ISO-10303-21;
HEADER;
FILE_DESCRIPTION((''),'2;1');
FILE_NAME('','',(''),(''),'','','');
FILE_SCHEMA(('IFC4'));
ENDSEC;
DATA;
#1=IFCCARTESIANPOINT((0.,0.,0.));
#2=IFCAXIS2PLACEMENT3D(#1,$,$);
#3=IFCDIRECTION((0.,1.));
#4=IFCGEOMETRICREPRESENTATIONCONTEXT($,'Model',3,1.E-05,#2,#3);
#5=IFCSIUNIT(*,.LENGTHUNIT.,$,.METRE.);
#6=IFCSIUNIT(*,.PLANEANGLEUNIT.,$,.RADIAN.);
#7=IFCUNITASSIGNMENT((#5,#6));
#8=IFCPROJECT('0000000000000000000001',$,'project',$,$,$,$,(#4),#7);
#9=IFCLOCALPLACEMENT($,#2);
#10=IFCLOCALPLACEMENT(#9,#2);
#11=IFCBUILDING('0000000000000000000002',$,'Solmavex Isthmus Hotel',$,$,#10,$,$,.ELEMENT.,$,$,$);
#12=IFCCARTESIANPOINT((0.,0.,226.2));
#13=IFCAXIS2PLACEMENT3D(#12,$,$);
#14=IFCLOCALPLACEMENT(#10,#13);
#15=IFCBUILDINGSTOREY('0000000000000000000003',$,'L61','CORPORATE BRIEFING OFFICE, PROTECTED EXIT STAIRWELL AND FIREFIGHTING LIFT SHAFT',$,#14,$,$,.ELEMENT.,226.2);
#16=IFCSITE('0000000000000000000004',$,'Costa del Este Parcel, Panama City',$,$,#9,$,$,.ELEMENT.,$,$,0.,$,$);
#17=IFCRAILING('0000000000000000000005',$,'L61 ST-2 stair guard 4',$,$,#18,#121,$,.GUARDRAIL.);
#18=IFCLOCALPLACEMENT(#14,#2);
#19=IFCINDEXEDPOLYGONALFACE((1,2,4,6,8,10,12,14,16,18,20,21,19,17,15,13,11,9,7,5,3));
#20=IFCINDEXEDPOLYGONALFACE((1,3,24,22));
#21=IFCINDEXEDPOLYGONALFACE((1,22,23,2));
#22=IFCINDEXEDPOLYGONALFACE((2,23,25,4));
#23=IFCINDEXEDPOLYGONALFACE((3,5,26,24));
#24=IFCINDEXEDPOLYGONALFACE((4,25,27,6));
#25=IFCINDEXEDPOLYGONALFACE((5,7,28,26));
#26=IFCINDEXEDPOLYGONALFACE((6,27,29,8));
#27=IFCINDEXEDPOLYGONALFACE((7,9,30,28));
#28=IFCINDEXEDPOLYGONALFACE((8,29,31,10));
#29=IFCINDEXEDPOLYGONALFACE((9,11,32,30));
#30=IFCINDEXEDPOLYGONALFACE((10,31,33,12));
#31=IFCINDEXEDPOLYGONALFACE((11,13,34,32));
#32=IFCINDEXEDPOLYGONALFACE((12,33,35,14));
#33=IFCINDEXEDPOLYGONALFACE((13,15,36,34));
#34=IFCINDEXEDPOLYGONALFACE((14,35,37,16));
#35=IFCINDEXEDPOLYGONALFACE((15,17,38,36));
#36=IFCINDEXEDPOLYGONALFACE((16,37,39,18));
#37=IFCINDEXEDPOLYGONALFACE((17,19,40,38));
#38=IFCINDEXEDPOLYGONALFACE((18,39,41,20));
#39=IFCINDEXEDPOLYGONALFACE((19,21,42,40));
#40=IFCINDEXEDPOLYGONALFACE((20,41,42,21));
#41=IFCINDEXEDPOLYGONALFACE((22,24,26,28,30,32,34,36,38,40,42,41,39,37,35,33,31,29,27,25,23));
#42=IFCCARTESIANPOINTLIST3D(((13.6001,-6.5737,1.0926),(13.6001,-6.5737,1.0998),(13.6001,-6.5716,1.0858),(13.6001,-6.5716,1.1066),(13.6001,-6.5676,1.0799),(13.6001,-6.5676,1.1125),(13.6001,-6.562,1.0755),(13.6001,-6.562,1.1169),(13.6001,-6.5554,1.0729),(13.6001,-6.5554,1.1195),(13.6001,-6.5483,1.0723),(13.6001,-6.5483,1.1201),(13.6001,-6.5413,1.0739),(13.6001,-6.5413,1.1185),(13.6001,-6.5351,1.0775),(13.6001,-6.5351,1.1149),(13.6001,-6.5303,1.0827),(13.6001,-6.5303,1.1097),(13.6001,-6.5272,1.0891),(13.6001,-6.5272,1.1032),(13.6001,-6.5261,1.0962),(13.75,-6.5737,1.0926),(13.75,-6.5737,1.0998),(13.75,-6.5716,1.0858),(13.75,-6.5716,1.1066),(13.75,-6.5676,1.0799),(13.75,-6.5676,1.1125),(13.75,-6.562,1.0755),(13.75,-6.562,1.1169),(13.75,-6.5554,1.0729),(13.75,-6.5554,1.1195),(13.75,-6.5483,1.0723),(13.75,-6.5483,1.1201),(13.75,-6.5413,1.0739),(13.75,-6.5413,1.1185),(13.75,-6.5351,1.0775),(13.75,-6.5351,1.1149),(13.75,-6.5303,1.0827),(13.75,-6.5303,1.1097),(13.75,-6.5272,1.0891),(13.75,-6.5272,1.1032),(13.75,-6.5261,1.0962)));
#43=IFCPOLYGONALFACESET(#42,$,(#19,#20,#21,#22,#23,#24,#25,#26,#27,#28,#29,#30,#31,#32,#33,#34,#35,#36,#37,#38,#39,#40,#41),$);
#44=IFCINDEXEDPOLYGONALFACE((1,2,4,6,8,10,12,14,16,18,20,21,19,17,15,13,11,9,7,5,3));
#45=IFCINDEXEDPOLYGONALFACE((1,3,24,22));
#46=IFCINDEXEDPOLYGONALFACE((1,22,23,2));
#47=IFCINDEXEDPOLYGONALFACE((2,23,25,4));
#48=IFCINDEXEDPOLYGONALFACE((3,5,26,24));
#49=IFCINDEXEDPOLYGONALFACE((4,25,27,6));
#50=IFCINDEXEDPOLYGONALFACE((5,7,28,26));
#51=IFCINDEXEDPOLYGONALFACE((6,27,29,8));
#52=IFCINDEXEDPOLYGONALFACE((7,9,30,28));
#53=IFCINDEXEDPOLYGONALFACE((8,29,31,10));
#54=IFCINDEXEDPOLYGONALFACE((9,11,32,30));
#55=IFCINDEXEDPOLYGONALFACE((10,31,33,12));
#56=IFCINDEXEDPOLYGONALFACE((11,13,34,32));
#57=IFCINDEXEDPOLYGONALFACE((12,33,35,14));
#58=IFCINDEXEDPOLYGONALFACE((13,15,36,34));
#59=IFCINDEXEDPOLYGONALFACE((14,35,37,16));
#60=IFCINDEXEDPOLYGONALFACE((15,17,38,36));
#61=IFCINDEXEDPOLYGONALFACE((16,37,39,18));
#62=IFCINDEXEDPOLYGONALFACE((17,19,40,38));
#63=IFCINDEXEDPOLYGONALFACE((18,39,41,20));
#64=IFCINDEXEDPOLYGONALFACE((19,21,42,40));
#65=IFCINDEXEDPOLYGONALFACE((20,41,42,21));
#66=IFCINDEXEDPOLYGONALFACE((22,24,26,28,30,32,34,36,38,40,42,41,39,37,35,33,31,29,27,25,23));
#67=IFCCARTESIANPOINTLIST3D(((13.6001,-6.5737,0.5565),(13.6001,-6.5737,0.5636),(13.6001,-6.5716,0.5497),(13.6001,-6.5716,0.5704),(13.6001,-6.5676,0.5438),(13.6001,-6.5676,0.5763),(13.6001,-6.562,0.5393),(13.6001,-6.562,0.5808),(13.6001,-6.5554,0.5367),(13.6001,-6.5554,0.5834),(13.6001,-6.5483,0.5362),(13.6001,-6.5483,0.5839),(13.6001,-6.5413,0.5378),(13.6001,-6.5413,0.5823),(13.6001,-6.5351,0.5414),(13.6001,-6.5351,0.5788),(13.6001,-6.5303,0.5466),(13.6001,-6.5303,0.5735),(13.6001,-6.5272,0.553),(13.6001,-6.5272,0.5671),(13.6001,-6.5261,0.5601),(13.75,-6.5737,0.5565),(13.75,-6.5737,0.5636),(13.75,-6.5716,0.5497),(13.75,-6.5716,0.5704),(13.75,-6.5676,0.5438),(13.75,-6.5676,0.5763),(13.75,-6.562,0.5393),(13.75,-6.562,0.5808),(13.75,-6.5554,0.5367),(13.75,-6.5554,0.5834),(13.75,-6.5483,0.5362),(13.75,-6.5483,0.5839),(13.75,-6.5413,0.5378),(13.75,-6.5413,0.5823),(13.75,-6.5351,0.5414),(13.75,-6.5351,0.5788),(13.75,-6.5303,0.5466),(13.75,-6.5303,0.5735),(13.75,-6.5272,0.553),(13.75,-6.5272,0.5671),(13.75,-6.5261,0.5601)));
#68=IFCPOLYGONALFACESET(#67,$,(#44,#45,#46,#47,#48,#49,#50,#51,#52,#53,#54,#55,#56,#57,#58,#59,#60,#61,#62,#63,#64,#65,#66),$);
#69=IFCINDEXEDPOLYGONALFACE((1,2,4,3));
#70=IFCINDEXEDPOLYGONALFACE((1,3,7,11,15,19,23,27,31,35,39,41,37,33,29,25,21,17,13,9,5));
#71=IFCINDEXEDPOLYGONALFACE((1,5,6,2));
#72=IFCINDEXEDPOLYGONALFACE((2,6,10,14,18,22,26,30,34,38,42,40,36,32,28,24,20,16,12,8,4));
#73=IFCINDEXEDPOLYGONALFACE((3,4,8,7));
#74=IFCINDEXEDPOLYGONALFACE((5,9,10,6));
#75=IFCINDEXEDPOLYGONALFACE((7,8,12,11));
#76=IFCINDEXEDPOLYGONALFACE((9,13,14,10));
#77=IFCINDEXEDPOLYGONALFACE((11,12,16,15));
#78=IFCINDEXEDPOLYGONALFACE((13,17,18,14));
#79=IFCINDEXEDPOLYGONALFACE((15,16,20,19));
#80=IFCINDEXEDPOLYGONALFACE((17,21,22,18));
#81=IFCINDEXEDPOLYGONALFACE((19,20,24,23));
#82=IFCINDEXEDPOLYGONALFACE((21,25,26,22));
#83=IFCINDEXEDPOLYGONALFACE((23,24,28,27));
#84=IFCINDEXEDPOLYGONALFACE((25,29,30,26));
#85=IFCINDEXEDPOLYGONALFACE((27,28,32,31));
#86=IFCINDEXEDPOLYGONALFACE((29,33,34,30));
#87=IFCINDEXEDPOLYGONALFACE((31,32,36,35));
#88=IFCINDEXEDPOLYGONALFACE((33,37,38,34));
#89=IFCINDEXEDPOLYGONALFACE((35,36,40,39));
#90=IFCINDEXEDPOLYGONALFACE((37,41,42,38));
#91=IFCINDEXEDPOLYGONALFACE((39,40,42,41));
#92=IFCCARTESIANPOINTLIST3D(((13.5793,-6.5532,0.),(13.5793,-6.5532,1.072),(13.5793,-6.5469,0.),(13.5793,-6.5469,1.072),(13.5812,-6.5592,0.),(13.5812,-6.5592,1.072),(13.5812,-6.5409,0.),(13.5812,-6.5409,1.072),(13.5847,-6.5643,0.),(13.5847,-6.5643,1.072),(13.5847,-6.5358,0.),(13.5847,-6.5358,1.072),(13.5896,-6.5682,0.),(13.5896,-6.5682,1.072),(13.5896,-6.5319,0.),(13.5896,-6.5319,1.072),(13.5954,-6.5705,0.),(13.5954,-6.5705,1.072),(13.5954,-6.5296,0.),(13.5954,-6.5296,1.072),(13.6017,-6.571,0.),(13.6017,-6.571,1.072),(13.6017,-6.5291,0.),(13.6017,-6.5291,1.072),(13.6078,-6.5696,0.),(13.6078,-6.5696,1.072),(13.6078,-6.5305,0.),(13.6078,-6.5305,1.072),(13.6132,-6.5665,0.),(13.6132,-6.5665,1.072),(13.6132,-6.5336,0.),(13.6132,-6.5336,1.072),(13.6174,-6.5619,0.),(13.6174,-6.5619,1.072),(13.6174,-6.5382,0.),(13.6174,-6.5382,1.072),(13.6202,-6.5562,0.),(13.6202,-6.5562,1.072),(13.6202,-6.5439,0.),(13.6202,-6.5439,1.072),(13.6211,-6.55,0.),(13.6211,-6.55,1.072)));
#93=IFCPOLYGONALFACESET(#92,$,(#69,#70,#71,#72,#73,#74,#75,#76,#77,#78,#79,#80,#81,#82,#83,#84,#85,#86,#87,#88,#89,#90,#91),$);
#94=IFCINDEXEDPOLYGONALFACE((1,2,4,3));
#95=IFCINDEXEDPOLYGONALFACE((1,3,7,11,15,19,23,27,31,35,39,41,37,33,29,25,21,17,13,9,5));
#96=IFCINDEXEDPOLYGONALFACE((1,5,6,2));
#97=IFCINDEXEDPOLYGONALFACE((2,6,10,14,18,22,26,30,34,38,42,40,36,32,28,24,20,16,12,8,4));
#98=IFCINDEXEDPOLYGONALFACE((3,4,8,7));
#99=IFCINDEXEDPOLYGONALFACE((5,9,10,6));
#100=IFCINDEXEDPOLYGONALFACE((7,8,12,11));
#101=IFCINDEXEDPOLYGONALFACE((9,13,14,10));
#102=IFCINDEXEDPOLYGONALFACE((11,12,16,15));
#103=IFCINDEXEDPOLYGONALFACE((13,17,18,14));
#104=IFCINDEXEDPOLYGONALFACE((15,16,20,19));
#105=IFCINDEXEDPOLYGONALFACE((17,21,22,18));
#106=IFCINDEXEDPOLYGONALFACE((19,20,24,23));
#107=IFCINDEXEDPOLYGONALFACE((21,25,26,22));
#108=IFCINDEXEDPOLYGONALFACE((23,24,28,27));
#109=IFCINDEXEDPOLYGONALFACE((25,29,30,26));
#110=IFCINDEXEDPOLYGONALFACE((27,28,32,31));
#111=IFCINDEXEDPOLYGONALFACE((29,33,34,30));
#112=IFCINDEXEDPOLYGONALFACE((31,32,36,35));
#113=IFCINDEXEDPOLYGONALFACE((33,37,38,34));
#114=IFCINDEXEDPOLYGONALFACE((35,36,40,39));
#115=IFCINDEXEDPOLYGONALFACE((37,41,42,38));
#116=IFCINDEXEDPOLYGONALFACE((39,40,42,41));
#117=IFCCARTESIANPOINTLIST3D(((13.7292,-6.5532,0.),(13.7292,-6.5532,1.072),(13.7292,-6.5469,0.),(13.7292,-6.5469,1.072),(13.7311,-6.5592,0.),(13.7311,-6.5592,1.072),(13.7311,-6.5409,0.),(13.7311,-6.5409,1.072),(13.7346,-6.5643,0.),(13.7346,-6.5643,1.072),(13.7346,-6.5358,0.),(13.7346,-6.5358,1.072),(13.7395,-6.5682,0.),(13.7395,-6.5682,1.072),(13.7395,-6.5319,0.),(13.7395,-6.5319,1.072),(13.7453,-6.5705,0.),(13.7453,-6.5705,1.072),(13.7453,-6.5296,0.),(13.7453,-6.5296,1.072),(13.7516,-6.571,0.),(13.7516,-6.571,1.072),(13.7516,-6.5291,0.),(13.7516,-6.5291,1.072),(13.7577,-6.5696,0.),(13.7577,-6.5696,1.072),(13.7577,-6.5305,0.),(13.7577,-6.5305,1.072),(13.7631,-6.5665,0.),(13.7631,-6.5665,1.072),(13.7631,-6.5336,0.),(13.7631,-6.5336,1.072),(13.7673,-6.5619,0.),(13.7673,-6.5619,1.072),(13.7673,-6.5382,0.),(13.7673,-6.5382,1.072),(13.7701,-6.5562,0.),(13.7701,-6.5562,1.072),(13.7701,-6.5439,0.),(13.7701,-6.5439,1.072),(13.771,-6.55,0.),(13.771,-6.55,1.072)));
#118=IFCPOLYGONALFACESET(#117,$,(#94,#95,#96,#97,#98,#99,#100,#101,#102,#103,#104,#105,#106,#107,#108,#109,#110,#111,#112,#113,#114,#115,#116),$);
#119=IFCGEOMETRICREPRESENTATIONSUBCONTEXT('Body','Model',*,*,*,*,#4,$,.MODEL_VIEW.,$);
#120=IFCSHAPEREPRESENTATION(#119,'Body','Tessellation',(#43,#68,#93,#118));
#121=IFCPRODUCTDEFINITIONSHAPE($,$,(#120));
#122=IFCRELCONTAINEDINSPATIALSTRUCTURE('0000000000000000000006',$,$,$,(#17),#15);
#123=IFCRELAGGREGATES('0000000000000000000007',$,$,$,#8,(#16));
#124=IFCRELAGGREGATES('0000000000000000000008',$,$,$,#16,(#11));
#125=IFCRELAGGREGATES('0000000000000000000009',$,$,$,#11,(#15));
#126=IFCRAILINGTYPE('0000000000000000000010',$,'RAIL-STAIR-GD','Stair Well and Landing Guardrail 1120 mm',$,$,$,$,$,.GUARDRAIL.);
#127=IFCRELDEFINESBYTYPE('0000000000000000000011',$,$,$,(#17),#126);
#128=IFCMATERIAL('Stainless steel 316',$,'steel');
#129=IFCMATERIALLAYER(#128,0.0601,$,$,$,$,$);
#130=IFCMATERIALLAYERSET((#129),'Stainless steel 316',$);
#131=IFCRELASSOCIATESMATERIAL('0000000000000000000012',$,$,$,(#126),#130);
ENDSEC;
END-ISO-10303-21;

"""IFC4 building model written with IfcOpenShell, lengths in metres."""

from ifc_helpers import new_model, si_unit, direction, frame, origin, origin_2d, place, context, subcontext, project, spatial, circle, extrude, material, layer, layer_set, type_object, element, save


model = new_model("IFC4")

# Units and contexts
model_context = context("Model", 3, precision=1e-05, world=origin(), true_north=direction((0.0, 1.0)))
body_context = subcontext(model_context, "Body", "Model", "MODEL_VIEW")
ifc_project = project(units=[si_unit("LENGTHUNIT", "METRE"), si_unit("PLANEANGLEUNIT", "RADIAN")], contexts=[model_context])

# Site, building, storey
site_placement = place(None, origin())
site = spatial("IfcSite", under=ifc_project, at=site_placement, Name="Costa del Este Parcel, Panama City", CompositionType="ELEMENT", RefElevation=0.0)
building_placement = place(site_placement, origin())
building = spatial("IfcBuilding", under=site, at=building_placement, Name="Solmavex Isthmus Hotel", CompositionType="ELEMENT")
storey_placement = place(building_placement, frame((0.0, 0.0, 226.2)))
storey = spatial("IfcBuildingStorey", under=building, at=storey_placement, Name="L61", Description="CORPORATE BRIEFING OFFICE, PROTECTED EXIT STAIRWELL AND FIREFIGHTING LIFT SHAFT", CompositionType="ELEMENT", Elevation=226.2)

# Railing
ifc_material_1 = material(Name="Stainless steel 316", Category="steel")
ifc_layer_1 = layer(ifc_material_1, 0.0601)
ifc_layer_set_1 = layer_set([ifc_layer_1], Name="Stainless steel 316")
railing_type_1 = type_object("IfcRailingType", Name="RAIL-STAIR-GD", Description="Stair Well and Landing Guardrail 1120 mm", PredefinedType="GUARDRAIL", material=ifc_layer_set_1)
railing_1_placement = place(storey_placement, frame((13.6001, -6.55, 0.0)))
element("IfcRailing", 1, at=railing_1_placement, inside=storey, type_object=railing_type_1, Name="L61 ST-2 stair guard 4", PredefinedType="GUARDRAIL", context=body_context, shape_type="SweptSolid", body=[
    extrude(circle(Radius=0.0239, at=origin_2d()), frame((0.0, 0.0, 1.0962), z_axis=(1.0, 0.0, 0.0), x_axis=(0.0, 1.0, 0.0)), (0.0, 0.0, 1.0), 0.1499),
    extrude(circle(Radius=0.0239, at=origin_2d()), frame((0.0, 0.0, 0.5601), z_axis=(1.0, 0.0, 0.0), x_axis=(0.0, 1.0, 0.0)), (0.0, 0.0, 1.0), 0.1499),
    extrude(circle(Radius=0.021, at=origin_2d()), origin(), (0.0, 0.0, 1.0), 1.072),
    extrude(circle(Radius=0.021, at=origin_2d()), frame((0.1499, 0.0, 0.0)), (0.0, 0.0, 1.0), 1.072),
])

save(model, "model.ifc")
